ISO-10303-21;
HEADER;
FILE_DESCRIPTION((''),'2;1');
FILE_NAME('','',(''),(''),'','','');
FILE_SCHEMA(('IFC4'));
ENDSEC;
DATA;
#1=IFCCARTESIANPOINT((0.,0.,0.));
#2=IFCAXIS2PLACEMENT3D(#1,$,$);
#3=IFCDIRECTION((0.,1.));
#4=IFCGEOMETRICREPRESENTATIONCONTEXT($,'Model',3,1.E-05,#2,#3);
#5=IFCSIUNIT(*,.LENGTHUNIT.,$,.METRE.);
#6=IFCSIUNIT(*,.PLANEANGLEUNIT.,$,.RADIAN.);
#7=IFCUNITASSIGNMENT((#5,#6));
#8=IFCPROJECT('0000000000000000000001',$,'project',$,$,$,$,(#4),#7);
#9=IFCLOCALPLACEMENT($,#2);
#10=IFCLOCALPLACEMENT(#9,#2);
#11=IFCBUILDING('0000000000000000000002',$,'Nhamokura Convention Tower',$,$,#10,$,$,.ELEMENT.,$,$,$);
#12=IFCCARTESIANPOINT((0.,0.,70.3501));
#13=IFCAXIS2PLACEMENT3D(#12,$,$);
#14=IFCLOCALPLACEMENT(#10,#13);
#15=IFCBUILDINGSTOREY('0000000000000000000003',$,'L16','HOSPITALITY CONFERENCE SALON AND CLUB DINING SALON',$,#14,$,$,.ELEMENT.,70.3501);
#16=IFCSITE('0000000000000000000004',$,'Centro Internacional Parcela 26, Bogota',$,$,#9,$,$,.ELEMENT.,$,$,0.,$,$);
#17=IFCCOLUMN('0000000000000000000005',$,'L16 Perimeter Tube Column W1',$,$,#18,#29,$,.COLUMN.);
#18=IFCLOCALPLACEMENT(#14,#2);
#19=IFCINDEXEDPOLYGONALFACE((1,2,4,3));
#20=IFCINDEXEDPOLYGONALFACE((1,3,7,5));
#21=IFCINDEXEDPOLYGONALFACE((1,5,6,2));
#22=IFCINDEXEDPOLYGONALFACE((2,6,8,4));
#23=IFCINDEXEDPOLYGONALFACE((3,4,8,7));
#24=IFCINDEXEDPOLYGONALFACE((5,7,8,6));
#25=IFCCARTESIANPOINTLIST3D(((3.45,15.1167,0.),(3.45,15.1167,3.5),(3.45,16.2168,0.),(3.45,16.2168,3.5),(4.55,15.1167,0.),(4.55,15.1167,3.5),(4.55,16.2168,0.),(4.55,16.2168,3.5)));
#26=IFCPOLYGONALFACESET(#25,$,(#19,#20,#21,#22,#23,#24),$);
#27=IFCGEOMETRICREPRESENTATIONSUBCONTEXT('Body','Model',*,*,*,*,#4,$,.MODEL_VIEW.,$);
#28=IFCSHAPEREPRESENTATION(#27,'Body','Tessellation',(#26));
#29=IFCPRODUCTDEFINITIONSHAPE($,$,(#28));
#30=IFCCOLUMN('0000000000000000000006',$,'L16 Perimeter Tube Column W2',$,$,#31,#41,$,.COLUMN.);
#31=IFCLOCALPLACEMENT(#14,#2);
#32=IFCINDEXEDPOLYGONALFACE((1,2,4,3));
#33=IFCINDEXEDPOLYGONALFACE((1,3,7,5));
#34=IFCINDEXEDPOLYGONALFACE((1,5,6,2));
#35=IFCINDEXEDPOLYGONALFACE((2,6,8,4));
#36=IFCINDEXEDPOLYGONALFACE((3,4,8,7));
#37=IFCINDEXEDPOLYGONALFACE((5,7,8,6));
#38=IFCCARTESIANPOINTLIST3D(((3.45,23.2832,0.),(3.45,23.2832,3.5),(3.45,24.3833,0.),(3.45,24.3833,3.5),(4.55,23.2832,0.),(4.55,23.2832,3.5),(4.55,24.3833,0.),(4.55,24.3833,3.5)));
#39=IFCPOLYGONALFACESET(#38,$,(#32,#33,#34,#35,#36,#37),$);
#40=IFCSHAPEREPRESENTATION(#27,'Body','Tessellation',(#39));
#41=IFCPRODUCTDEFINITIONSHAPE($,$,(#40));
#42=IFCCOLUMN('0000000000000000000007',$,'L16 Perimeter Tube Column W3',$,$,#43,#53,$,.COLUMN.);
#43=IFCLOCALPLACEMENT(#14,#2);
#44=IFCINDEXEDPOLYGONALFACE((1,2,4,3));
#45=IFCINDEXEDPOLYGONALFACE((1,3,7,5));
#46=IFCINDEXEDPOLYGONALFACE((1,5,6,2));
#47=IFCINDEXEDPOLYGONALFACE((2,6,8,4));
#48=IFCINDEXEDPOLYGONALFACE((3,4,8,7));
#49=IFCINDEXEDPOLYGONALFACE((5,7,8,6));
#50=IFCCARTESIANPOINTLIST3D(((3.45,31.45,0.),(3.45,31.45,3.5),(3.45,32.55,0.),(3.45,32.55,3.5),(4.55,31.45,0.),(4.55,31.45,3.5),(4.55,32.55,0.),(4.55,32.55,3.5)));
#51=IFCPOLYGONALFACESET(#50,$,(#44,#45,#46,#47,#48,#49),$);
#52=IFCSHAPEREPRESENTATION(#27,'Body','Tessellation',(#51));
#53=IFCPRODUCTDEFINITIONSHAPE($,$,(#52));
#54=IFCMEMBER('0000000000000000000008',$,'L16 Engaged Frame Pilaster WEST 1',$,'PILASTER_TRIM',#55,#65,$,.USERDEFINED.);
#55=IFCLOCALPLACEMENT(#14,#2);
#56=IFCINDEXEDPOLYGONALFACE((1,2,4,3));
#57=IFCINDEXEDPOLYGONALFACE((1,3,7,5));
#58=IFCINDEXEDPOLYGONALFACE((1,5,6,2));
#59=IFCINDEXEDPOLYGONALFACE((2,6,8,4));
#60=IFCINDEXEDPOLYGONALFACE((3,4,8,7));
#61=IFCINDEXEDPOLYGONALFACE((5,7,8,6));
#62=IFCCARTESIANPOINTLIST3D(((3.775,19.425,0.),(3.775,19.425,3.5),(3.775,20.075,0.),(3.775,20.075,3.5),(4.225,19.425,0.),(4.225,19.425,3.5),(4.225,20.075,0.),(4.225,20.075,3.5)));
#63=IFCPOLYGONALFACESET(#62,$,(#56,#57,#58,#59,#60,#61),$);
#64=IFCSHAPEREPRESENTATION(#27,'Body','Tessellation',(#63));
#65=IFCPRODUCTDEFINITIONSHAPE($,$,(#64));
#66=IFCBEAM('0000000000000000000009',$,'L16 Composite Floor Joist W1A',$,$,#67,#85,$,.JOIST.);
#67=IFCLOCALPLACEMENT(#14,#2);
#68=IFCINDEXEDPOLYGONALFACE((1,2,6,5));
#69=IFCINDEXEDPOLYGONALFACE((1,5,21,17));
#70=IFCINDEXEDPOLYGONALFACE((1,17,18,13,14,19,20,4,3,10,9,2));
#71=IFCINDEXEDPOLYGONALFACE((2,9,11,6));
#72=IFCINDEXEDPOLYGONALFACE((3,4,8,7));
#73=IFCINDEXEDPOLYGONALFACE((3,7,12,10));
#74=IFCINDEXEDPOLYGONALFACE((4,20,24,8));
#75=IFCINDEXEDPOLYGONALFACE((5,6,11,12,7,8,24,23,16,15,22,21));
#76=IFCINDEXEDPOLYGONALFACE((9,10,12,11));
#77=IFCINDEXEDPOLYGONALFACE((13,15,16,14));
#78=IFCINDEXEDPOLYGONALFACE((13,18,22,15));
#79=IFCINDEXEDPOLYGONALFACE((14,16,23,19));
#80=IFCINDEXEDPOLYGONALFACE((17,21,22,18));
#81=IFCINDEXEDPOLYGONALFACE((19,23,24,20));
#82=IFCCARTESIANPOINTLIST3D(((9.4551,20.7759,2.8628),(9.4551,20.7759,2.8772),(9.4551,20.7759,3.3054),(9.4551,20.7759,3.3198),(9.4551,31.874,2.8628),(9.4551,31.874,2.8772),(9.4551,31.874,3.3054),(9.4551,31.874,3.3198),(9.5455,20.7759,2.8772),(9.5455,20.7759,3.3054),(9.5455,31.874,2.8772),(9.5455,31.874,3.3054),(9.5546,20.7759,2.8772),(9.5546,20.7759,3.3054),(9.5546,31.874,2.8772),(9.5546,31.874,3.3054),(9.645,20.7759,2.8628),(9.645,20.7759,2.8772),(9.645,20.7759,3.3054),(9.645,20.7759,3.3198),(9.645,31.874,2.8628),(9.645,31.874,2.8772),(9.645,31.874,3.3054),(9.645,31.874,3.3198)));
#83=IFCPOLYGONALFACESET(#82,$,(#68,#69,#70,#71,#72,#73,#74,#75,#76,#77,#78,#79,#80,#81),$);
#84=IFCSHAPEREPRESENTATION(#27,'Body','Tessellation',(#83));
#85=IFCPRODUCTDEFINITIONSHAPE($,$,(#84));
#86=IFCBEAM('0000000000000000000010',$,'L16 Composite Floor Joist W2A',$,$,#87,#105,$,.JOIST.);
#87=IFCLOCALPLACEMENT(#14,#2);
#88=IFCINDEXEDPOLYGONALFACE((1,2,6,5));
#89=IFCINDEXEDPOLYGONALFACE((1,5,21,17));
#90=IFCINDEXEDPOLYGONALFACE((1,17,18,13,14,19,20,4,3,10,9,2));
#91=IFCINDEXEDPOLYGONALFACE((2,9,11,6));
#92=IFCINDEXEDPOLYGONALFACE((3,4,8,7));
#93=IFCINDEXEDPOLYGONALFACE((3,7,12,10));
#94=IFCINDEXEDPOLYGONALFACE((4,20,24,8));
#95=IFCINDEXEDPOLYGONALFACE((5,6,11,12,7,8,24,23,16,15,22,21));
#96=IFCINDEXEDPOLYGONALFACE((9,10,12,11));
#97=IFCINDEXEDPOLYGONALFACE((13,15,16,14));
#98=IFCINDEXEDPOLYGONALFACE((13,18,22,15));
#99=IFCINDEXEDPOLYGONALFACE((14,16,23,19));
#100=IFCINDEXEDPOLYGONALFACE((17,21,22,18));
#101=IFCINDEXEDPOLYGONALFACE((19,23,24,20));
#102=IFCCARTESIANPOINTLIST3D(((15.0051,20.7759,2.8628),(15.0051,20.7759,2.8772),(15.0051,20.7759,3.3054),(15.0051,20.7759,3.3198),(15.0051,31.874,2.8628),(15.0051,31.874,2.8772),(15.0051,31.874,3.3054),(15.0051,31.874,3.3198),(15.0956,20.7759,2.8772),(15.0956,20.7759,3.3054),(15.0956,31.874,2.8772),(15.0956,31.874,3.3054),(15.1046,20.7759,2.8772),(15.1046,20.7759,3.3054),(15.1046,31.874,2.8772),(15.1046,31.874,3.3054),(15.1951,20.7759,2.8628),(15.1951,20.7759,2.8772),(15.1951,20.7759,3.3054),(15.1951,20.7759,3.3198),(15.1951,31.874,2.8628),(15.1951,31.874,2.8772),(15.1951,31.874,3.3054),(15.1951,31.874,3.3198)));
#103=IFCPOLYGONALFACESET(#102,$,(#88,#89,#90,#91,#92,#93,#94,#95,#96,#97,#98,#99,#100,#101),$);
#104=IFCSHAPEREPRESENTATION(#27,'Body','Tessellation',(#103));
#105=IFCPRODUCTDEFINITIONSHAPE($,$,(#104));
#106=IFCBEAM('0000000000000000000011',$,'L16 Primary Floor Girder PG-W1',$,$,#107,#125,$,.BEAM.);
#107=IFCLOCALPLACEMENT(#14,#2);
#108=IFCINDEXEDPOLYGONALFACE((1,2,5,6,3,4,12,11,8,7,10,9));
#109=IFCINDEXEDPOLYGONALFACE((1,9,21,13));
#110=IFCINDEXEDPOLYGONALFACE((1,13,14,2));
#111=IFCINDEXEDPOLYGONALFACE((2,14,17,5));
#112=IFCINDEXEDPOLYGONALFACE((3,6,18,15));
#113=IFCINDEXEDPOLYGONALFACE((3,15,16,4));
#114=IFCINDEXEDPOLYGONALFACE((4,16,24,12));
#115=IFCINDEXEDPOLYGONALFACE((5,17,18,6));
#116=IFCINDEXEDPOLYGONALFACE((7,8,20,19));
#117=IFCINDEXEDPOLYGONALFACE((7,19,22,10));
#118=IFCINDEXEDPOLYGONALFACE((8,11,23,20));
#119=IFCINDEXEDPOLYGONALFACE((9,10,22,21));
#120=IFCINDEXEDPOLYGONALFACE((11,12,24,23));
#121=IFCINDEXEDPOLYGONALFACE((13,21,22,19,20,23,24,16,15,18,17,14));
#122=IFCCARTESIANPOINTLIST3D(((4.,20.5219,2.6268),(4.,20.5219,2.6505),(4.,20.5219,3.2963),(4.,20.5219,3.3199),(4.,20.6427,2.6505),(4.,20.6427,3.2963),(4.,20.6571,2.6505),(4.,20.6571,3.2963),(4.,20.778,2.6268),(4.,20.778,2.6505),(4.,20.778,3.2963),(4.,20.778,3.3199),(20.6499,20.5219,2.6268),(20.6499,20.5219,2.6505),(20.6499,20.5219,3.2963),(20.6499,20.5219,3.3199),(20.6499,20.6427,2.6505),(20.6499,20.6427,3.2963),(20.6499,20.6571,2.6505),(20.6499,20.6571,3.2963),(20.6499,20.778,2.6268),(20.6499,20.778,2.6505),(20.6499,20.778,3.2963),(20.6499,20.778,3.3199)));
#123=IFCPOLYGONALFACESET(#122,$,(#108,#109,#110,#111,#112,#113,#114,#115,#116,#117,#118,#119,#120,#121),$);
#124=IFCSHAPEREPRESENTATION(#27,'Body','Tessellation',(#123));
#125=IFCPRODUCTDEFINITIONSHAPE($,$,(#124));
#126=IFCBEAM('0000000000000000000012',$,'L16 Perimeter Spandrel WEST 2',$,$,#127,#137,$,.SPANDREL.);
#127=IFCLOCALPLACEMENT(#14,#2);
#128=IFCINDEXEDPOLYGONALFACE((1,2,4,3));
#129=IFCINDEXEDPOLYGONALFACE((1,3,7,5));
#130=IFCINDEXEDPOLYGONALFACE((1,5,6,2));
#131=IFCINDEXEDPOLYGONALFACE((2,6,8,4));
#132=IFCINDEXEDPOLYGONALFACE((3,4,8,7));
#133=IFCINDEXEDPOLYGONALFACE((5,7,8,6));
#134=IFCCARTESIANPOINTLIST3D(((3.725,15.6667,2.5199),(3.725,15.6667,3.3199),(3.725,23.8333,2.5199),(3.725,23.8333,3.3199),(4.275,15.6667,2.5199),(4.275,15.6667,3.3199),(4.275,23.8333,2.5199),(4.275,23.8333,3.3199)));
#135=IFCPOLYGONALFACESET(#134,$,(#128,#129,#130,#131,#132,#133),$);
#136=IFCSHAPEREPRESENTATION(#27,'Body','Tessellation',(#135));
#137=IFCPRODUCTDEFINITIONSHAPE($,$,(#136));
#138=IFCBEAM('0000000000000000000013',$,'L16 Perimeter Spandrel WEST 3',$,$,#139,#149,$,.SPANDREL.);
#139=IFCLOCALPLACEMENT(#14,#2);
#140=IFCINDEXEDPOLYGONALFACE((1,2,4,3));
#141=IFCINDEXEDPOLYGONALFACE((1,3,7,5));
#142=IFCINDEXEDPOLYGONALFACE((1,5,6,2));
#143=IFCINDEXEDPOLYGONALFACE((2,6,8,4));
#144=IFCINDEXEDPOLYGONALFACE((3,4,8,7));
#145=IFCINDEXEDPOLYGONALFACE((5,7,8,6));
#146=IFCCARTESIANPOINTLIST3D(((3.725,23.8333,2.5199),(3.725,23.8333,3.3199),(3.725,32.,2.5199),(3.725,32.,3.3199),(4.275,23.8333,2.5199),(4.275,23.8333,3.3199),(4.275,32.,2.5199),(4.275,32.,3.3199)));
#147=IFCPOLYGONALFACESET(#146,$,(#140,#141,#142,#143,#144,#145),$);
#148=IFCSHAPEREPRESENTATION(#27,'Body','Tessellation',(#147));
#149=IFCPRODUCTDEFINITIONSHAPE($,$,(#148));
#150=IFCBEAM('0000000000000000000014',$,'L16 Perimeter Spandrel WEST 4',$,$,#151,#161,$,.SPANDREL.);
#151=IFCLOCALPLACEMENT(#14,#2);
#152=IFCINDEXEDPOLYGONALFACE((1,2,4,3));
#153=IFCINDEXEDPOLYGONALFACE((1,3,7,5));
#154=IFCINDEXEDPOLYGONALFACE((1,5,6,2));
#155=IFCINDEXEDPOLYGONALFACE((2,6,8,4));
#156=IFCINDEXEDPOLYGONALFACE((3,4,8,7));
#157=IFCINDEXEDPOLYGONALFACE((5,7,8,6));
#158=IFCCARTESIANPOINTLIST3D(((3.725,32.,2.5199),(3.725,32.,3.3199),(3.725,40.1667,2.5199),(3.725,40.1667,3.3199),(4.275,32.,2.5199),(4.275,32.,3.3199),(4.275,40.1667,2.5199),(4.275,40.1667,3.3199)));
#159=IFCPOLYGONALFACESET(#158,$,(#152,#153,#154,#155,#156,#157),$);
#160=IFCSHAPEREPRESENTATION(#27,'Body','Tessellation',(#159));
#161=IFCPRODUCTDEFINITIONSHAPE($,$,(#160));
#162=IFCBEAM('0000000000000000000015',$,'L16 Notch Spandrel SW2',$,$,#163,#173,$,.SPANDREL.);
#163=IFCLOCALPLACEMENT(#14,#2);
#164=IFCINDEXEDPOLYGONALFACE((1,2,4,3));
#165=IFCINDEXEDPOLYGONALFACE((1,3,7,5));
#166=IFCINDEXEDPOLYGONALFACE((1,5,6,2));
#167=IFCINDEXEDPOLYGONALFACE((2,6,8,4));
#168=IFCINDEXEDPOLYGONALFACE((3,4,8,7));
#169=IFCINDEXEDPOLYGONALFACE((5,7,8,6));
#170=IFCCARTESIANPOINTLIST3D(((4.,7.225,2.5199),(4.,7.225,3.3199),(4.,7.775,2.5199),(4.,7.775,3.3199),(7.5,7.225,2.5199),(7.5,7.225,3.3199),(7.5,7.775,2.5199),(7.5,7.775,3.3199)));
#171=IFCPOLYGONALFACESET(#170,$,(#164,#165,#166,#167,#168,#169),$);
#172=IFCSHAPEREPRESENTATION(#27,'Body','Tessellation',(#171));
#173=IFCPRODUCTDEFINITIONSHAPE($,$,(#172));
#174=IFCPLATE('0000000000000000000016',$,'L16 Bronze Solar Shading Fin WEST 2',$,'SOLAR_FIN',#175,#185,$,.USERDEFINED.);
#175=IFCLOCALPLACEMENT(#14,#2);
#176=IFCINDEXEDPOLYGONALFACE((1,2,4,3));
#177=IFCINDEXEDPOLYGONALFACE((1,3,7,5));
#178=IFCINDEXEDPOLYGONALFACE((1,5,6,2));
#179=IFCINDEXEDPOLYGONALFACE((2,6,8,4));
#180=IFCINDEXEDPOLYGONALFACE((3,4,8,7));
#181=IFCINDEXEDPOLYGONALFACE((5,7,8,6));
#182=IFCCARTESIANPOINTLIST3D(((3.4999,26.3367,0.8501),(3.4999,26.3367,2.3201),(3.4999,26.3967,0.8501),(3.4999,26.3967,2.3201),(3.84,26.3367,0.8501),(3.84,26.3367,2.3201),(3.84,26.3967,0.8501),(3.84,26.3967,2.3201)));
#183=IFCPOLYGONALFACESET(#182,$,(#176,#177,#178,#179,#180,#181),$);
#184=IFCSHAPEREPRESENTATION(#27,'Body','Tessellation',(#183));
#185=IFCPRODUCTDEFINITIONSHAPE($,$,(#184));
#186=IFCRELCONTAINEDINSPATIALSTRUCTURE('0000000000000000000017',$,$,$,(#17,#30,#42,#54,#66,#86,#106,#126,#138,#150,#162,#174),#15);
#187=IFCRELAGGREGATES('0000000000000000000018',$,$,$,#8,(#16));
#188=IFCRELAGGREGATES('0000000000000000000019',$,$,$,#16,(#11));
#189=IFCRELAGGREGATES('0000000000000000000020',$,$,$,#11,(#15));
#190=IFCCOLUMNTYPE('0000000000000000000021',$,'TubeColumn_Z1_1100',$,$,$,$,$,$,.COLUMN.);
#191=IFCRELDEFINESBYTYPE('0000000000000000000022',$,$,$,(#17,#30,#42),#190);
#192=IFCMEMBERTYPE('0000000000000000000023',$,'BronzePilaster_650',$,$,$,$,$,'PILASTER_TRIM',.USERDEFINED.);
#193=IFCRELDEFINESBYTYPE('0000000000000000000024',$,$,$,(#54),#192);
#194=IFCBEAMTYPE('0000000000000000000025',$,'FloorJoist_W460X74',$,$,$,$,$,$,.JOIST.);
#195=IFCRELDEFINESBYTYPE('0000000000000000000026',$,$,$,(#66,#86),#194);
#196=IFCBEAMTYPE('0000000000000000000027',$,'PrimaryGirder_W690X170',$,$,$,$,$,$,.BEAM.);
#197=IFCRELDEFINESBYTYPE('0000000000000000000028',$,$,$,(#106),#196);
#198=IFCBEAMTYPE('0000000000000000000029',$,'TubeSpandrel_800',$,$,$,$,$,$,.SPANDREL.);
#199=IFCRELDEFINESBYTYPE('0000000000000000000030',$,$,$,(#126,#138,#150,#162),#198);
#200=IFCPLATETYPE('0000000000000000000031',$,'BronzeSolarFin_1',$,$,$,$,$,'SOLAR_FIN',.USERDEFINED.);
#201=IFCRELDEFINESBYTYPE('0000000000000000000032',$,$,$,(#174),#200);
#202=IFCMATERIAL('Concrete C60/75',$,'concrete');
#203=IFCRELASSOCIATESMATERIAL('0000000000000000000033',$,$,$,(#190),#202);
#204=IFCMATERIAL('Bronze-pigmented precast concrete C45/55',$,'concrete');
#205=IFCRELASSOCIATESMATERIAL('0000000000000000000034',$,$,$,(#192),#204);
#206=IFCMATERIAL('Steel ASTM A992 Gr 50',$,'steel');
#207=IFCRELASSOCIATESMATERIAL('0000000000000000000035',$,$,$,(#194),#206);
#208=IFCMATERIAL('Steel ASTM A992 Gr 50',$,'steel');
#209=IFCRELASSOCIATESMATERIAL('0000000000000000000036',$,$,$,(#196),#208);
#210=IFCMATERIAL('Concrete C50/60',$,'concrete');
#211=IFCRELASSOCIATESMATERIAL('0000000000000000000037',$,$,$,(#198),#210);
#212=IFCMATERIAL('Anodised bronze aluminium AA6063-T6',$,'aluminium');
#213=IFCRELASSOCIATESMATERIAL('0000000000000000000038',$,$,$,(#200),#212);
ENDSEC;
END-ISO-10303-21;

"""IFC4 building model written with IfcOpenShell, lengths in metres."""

from ifc_helpers import new_model, si_unit, direction, frame, origin, origin_2d, place, context, subcontext, project, spatial, rectangle, i_section, extrude, material, material_profile, profile_set, type_object, element, save


model = new_model("IFC4")

# Units and contexts
model_context = context("Model", 3, precision=1e-05, world=origin(), true_north=direction((0.0, 1.0)))
body_context = subcontext(model_context, "Body", "Model", "MODEL_VIEW")
ifc_project = project(units=[si_unit("LENGTHUNIT", "METRE"), si_unit("PLANEANGLEUNIT", "RADIAN")], contexts=[model_context])

# Site, building, storey
site_placement = place(None, origin())
site = spatial("IfcSite", under=ifc_project, at=site_placement, Name="Centro Internacional Parcela 26, Bogota", CompositionType="ELEMENT", RefElevation=0.0)
building_placement = place(site_placement, origin())
building = spatial("IfcBuilding", under=site, at=building_placement, Name="Nhamokura Convention Tower", CompositionType="ELEMENT")
storey_placement = place(building_placement, frame((0.0, 0.0, 70.3501)))
storey = spatial("IfcBuildingStorey", under=building, at=storey_placement, Name="L16", Description="HOSPITALITY CONFERENCE SALON AND CLUB DINING SALON", CompositionType="ELEMENT", Elevation=70.3501)

# Columns
ifc_material_1 = material(Name="Concrete C60/75", Category="concrete")
ifc_material_profile_1 = material_profile(ifc_material_1, rectangle(XDim=1.1001, YDim=1.1001, at=origin_2d()))
ifc_profile_set_1 = profile_set([ifc_material_profile_1], Name="Concrete C60/75")
column_type = type_object("IfcColumnType", Name="TubeColumn_Z1_1100", PredefinedType="COLUMN", material=ifc_profile_set_1)
for number, where, z_axis, x_axis, name in (
    (1, (4.0, 15.6667, 0.0), (0.0, 0.0, 1.0), (1.0, 0.0, 0.0), "L16 Perimeter Tube Column W1"),
    (2, (4.0, 23.8333, 0.0), (0.0, 0.0, 1.0), (1.0, 0.0, 0.0), "L16 Perimeter Tube Column W2"),
    (3, (4.0, 32.0, 0.0), (0.0, 0.0, 1.0), (1.0, 0.0, 0.0), "L16 Perimeter Tube Column W3"),
):
    element("IfcColumn", number, at=place(storey_placement, frame(where, z_axis=z_axis, x_axis=x_axis)), inside=storey, type_object=column_type, Name=name, PredefinedType="COLUMN", context=body_context, shape_type="SweptSolid", body=[
        extrude(rectangle(XDim=1.1001, YDim=1.1001, at=origin_2d()), origin(), (0.0, 0.0, 1.0), 3.5),
    ])

# Member
ifc_material_2 = material(Name="Bronze-pigmented precast concrete C45/55", Category="concrete")
ifc_material_profile_2 = material_profile(ifc_material_2, rectangle(XDim=0.45, YDim=0.6499, at=origin_2d()))
ifc_profile_set_2 = profile_set([ifc_material_profile_2], Name="Bronze-pigmented precast concrete C45/55")
member_type = type_object("IfcMemberType", Name="BronzePilaster_650", ElementType="PILASTER_TRIM", PredefinedType="USERDEFINED", material=ifc_profile_set_2)
member_placement = place(storey_placement, frame((4.0, 19.75, 0.0), z_axis=(0.0, 0.0, 1.0), x_axis=(1.0, 0.0, 0.0)))
element("IfcMember", 4, at=member_placement, inside=storey, type_object=member_type, Name="L16 Engaged Frame Pilaster WEST 1", ObjectType="PILASTER_TRIM", PredefinedType="USERDEFINED", context=body_context, shape_type="SweptSolid", body=[
    extrude(rectangle(XDim=0.45, YDim=0.6499, at=origin_2d()), origin(), (0.0, 0.0, 1.0), 3.5),
])

# Beams
ifc_material_3 = material(Name="Steel ASTM A992 Gr 50", Category="steel")
ifc_material_profile_3 = material_profile(ifc_material_3, i_section(OverallWidth=0.1899, OverallDepth=0.457, WebThickness=0.009, FlangeThickness=0.0144, at=origin_2d()))
ifc_profile_set_3 = profile_set([ifc_material_profile_3], Name="Steel ASTM A992 Gr 50")
beam_type_1 = type_object("IfcBeamType", Name="FloorJoist_W460X74", PredefinedType="JOIST", material=ifc_profile_set_3)
for number, where, z_axis, x_axis, name in (
    (5, (9.55, 20.7759, 3.0913), (0.0, 1.0, 0.0), (-1.0, 0.0, 0.0), "L16 Composite Floor Joist W1A"),
    (6, (15.1001, 20.7759, 3.0913), (0.0, 1.0, 0.0), (-1.0, 0.0, 0.0), "L16 Composite Floor Joist W2A"),
):
    element("IfcBeam", number, at=place(storey_placement, frame(where, z_axis=z_axis, x_axis=x_axis)), inside=storey, type_object=beam_type_1, Name=name, PredefinedType="JOIST", context=body_context, shape_type="SweptSolid", body=[
        extrude(i_section(OverallWidth=0.1899, OverallDepth=0.457, WebThickness=0.009, FlangeThickness=0.0144, at=origin_2d()), origin(), (0.0, 0.0, 1.0), 11.0981),
    ])
ifc_material_4 = material(Name="Steel ASTM A992 Gr 50", Category="steel")
ifc_material_profile_4 = material_profile(ifc_material_4, i_section(OverallWidth=0.2561, OverallDepth=0.6931, WebThickness=0.0144, FlangeThickness=0.0237, at=origin_2d()))
ifc_profile_set_4 = profile_set([ifc_material_profile_4], Name="Steel ASTM A992 Gr 50")
beam_type_2 = type_object("IfcBeamType", Name="PrimaryGirder_W690X170", PredefinedType="BEAM", material=ifc_profile_set_4)
beam_1_placement = place(storey_placement, frame((4.0, 20.6499, 2.9734), z_axis=(1.0, 0.0, 0.0), x_axis=(0.0, 1.0, 0.0)))
element("IfcBeam", 7, at=beam_1_placement, inside=storey, type_object=beam_type_2, Name="L16 Primary Floor Girder PG-W1", PredefinedType="BEAM", context=body_context, shape_type="SweptSolid", body=[
    extrude(i_section(OverallWidth=0.2561, OverallDepth=0.6931, WebThickness=0.0144, FlangeThickness=0.0237, at=origin_2d()), origin(), (0.0, 0.0, 1.0), 16.6499),
])
ifc_material_5 = material(Name="Concrete C50/60", Category="concrete")
ifc_material_profile_5 = material_profile(ifc_material_5, rectangle(XDim=0.55, YDim=0.8, at=origin_2d()))
ifc_profile_set_5 = profile_set([ifc_material_profile_5], Name="Concrete C50/60")
beam_type_3 = type_object("IfcBeamType", Name="TubeSpandrel_800", PredefinedType="SPANDREL", material=ifc_profile_set_5)
beam_2_placement = place(storey_placement, frame((4.0, 15.6667, 2.9199), z_axis=(0.0, 1.0, 0.0), x_axis=(-1.0, 0.0, 0.0)))
element("IfcBeam", 8, at=beam_2_placement, inside=storey, type_object=beam_type_3, Name="L16 Perimeter Spandrel WEST 2", PredefinedType="SPANDREL", context=body_context, shape_type="SweptSolid", body=[
    extrude(rectangle(XDim=0.55, YDim=0.8, at=origin_2d()), origin(), (0.0, 0.0, 1.0), 8.1665),
])
for number, where, z_axis, x_axis, name in (
    (9, (4.0, 23.8333, 2.9199), (0.0, 1.0, 0.0), (-1.0, 0.0, 0.0), "L16 Perimeter Spandrel WEST 3"),
    (10, (4.0, 32.0, 2.9199), (0.0, 1.0, 0.0), (-1.0, 0.0, 0.0), "L16 Perimeter Spandrel WEST 4"),
):
    element("IfcBeam", number, at=place(storey_placement, frame(where, z_axis=z_axis, x_axis=x_axis)), inside=storey, type_object=beam_type_3, Name=name, PredefinedType="SPANDREL", context=body_context, shape_type="SweptSolid", body=[
        extrude(rectangle(XDim=0.55, YDim=0.8, at=origin_2d()), origin(), (0.0, 0.0, 1.0), 8.1667),
    ])
beam_3_placement = place(storey_placement, frame((7.5, 7.5, 2.9199), z_axis=(-1.0, 0.0, 0.0), x_axis=(0.0, -1.0, 0.0)))
element("IfcBeam", 11, at=beam_3_placement, inside=storey, type_object=beam_type_3, Name="L16 Notch Spandrel SW2", PredefinedType="SPANDREL", context=body_context, shape_type="SweptSolid", body=[
    extrude(rectangle(XDim=0.55, YDim=0.8, at=origin_2d()), origin(), (0.0, 0.0, 1.0), 3.5),
])

# Plate
ifc_material_6 = material(Name="Anodised bronze aluminium AA6063-T6", Category="aluminium")
plate_type = type_object("IfcPlateType", Name="BronzeSolarFin_1", ElementType="SOLAR_FIN", PredefinedType="USERDEFINED", material=ifc_material_6)
plate_placement = place(storey_placement, frame((3.6699, 26.3667, 0.8501), z_axis=(0.0, 0.0, 1.0), x_axis=(1.0, 0.0, 0.0)))
element("IfcPlate", 12, at=plate_placement, inside=storey, type_object=plate_type, Name="L16 Bronze Solar Shading Fin WEST 2", ObjectType="SOLAR_FIN", PredefinedType="USERDEFINED", context=body_context, shape_type="SweptSolid", body=[
    extrude(rectangle(XDim=0.3401, YDim=0.0601, at=origin_2d()), origin(), (0.0, 0.0, 1.0), 1.47),
])

save(model, "model.ifc")
